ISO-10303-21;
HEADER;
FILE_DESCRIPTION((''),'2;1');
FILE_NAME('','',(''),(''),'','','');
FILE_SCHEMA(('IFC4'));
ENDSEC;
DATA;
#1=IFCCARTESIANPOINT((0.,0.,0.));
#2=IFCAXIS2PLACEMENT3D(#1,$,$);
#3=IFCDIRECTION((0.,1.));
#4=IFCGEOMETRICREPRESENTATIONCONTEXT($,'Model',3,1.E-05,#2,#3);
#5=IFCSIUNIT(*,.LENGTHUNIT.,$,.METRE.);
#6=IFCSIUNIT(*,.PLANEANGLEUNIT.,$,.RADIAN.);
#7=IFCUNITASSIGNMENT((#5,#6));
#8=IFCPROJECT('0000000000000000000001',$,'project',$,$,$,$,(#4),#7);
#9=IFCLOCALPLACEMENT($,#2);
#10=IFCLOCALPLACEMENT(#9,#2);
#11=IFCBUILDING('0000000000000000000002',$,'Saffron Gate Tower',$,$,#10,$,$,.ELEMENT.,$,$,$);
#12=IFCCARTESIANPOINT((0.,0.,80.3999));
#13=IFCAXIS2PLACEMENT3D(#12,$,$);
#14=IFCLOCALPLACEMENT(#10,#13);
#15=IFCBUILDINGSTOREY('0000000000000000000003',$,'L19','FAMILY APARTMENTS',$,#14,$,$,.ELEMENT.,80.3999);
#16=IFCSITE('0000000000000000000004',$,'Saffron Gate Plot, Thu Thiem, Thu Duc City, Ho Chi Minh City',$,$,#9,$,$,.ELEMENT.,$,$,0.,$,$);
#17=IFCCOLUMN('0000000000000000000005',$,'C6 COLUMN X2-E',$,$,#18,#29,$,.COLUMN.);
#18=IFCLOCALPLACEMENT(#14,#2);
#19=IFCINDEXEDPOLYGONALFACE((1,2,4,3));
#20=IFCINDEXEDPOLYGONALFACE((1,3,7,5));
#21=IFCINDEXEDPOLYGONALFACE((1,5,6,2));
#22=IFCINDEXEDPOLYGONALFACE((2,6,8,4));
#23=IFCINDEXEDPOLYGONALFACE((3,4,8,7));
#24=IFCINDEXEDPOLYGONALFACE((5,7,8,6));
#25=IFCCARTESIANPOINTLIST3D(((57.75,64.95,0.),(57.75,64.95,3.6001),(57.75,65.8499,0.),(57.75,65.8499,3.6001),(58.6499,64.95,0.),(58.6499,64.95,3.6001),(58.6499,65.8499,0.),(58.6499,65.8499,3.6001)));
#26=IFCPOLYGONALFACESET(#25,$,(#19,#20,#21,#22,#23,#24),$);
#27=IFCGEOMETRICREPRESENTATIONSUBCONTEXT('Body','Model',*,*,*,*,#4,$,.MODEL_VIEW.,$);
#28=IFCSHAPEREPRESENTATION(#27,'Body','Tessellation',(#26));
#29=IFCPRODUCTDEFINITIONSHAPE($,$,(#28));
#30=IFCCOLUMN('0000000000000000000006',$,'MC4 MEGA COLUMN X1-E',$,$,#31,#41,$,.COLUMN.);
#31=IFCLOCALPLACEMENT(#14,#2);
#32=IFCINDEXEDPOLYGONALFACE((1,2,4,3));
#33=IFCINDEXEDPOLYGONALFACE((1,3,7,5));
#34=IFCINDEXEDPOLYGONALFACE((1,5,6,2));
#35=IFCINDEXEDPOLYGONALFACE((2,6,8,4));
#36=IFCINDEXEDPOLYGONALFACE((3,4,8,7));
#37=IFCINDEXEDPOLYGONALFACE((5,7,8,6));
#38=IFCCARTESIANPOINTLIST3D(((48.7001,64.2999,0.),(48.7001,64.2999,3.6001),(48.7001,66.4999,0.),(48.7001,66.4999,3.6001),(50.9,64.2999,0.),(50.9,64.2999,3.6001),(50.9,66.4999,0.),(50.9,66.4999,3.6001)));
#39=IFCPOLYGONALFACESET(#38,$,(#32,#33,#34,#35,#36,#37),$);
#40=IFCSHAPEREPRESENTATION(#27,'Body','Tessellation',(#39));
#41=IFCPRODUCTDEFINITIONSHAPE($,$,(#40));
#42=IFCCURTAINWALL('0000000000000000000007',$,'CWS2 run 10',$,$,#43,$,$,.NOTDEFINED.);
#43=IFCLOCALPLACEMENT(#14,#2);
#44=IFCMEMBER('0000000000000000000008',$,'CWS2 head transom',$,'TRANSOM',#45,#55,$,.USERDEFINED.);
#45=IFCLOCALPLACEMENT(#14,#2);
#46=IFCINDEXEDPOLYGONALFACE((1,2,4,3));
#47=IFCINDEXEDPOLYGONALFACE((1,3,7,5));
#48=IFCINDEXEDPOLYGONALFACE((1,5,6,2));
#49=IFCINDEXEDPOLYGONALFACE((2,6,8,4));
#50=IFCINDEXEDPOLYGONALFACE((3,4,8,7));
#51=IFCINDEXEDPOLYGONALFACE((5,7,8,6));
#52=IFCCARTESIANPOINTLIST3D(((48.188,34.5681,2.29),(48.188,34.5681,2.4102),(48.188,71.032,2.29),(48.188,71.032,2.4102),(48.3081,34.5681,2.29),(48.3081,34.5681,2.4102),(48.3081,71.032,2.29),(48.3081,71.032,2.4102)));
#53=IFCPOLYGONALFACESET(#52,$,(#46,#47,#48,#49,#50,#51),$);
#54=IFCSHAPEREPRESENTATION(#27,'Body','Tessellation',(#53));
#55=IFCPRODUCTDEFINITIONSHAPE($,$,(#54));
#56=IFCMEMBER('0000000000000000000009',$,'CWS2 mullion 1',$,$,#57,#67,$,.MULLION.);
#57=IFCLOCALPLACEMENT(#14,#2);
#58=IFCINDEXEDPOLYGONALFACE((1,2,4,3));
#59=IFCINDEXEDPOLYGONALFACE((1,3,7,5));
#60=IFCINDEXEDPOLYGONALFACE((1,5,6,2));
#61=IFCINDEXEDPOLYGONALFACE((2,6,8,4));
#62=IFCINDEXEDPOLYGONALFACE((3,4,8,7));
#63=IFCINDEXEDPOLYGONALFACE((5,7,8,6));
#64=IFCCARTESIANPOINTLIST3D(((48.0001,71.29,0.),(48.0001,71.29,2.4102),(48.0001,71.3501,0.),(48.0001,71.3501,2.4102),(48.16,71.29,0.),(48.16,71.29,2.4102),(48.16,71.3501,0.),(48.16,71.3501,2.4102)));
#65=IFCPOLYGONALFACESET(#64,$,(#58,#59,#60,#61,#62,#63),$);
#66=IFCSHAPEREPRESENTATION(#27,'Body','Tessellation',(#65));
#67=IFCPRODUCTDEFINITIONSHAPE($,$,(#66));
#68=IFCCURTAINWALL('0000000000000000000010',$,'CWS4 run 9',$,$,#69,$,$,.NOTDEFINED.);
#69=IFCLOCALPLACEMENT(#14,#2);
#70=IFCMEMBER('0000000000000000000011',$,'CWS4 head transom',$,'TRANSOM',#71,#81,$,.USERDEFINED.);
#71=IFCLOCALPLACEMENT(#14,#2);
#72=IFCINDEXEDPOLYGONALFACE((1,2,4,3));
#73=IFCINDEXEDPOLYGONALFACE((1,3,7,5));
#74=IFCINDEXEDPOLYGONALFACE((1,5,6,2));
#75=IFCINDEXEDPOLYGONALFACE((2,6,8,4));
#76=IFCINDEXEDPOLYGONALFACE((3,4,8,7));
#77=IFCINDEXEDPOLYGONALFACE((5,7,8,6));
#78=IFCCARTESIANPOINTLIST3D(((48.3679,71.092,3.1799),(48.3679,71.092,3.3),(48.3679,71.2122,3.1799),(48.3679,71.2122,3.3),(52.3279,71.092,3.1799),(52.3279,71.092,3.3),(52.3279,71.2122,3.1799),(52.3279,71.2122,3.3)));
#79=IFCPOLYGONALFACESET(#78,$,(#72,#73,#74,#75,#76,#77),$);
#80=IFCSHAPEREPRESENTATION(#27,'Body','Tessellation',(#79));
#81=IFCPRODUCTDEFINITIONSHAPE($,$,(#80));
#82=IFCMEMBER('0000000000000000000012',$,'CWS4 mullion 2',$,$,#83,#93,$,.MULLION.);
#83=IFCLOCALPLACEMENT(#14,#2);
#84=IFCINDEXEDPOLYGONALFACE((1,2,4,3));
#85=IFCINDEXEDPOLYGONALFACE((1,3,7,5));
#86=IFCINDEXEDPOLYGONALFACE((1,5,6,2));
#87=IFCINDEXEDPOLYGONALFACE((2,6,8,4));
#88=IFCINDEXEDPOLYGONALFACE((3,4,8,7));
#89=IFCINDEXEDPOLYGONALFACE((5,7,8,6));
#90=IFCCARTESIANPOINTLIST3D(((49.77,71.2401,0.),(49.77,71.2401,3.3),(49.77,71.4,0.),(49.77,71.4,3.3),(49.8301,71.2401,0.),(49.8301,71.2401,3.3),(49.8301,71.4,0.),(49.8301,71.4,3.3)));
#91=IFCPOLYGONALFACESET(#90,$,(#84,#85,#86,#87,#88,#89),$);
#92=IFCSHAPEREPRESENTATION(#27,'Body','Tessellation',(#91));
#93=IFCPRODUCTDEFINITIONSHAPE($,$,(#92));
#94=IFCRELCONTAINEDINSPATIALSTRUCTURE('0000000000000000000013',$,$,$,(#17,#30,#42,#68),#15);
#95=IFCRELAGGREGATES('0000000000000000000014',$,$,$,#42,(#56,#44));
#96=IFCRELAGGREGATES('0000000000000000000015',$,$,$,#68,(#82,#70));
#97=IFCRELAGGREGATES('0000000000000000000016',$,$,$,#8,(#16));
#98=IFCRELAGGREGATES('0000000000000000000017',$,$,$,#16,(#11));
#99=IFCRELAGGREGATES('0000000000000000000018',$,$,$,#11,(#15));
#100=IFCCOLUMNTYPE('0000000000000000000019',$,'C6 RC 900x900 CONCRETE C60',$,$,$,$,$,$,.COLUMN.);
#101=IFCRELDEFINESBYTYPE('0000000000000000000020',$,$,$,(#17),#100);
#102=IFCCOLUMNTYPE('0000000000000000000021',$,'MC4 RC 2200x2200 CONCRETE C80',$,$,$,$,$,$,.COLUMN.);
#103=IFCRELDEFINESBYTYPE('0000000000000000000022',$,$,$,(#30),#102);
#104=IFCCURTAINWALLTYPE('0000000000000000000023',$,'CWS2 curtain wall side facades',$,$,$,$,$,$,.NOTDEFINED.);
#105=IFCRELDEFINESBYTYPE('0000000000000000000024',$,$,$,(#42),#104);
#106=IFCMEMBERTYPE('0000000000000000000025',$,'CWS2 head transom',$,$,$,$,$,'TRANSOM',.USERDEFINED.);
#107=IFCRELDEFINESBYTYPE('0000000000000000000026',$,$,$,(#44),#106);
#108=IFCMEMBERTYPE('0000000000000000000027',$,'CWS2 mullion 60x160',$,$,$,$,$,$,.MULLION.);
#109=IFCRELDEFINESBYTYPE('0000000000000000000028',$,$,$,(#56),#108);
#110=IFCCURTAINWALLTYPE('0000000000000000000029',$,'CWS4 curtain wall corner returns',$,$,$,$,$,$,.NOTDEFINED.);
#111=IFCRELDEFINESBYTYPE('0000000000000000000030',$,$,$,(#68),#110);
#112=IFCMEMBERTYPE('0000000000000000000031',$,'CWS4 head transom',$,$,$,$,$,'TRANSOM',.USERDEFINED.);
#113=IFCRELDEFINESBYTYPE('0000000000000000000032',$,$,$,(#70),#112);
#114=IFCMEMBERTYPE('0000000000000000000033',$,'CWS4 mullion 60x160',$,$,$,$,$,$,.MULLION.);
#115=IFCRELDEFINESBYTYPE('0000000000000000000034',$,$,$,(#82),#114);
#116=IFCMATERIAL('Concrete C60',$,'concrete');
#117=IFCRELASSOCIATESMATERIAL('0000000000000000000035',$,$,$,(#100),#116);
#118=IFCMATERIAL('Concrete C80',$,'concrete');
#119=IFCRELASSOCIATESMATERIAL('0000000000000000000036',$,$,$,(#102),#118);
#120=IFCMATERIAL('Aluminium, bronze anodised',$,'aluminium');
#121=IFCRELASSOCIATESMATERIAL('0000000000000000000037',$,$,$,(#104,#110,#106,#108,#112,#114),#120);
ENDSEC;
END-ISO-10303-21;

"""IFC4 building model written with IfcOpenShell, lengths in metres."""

from ifc_helpers import new_model, si_unit, direction, frame, origin, origin_2d, place, context, subcontext, project, spatial, rectangle, extrude, material, material_profile, profile_set, type_object, element, aggregate, save


model = new_model("IFC4")

# Units and contexts
model_context = context("Model", 3, precision=1e-05, world=origin(), true_north=direction((0.0, 1.0)))
body_context = subcontext(model_context, "Body", "Model", "MODEL_VIEW")
ifc_project = project(units=[si_unit("LENGTHUNIT", "METRE"), si_unit("PLANEANGLEUNIT", "RADIAN")], contexts=[model_context])

# Site, building, storey
site_placement = place(None, origin())
site = spatial("IfcSite", under=ifc_project, at=site_placement, Name="Saffron Gate Plot, Thu Thiem, Thu Duc City, Ho Chi Minh City", CompositionType="ELEMENT", RefElevation=0.0)
building_placement = place(site_placement, origin())
building = spatial("IfcBuilding", under=site, at=building_placement, Name="Saffron Gate Tower", CompositionType="ELEMENT")
storey_placement = place(building_placement, frame((0.0, 0.0, 80.3999)))
storey = spatial("IfcBuildingStorey", under=building, at=storey_placement, Name="L19", Description="FAMILY APARTMENTS", CompositionType="ELEMENT", Elevation=80.3999)

# Columns
ifc_material_1 = material(Name="Concrete C60", Category="concrete")
ifc_material_profile_1 = material_profile(ifc_material_1, rectangle(XDim=0.8999, YDim=0.8999, at=origin_2d()))
ifc_profile_set_1 = profile_set([ifc_material_profile_1], Name="Concrete C60")
column_type_1 = type_object("IfcColumnType", Name="C6 RC 900x900 CONCRETE C60", PredefinedType="COLUMN", material=ifc_profile_set_1)
column_1_placement = place(storey_placement, frame((58.2, 65.3999, 0.0), z_axis=(0.0, 0.0, 1.0), x_axis=(1.0, 0.0, 0.0)))
element("IfcColumn", 1, at=column_1_placement, inside=storey, type_object=column_type_1, Name="C6 COLUMN X2-E", PredefinedType="COLUMN", context=body_context, shape_type="SweptSolid", body=[
    extrude(rectangle(XDim=0.8999, YDim=0.8999, at=origin_2d()), origin(), (0.0, 0.0, 1.0), 3.6001),
])
ifc_material_2 = material(Name="Concrete C80", Category="concrete")
ifc_material_profile_2 = material_profile(ifc_material_2, rectangle(XDim=2.2, YDim=2.2, at=origin_2d()))
ifc_profile_set_2 = profile_set([ifc_material_profile_2], Name="Concrete C80")
column_type_2 = type_object("IfcColumnType", Name="MC4 RC 2200x2200 CONCRETE C80", PredefinedType="COLUMN", material=ifc_profile_set_2)
column_2_placement = place(storey_placement, frame((49.8, 65.3999, 0.0), z_axis=(0.0, 0.0, 1.0), x_axis=(1.0, 0.0, 0.0)))
element("IfcColumn", 2, at=column_2_placement, inside=storey, type_object=column_type_2, Name="MC4 MEGA COLUMN X1-E", PredefinedType="COLUMN", context=body_context, shape_type="SweptSolid", body=[
    extrude(rectangle(XDim=2.2, YDim=2.2, at=origin_2d()), origin(), (0.0, 0.0, 1.0), 3.6001),
])

# Curtain walls, members
ifc_material_3 = material(Name="Aluminium, bronze anodised", Category="aluminium")
curtain_wall_type_1 = type_object("IfcCurtainWallType", Name="CWS2 curtain wall side facades", PredefinedType="NOTDEFINED", material=ifc_material_3)
curtain_wall_1_placement = place(storey_placement, origin())
curtain_wall_1 = element("IfcCurtainWall", 3, at=curtain_wall_1_placement, inside=storey, type_object=curtain_wall_type_1, Name="CWS2 run 10", PredefinedType="NOTDEFINED")
ifc_material_profile_3 = material_profile(ifc_material_3, rectangle(XDim=0.1201, YDim=0.1201, at=origin_2d()))
ifc_profile_set_3 = profile_set([ifc_material_profile_3], Name="Aluminium, bronze anodised")
member_type_1 = type_object("IfcMemberType", Name="CWS2 head transom", ElementType="TRANSOM", PredefinedType="USERDEFINED", material=ifc_profile_set_3)
member_1_placement = place(storey_placement, frame((48.248, 71.032, 2.3501), z_axis=(0.0, -1.0, 0.0), x_axis=(1.0, 0.0, 0.0)))
member_1 = element("IfcMember", 4, at=member_1_placement, type_object=member_type_1, Name="CWS2 head transom", ObjectType="TRANSOM", PredefinedType="USERDEFINED", context=body_context, shape_type="SweptSolid", body=[
    extrude(rectangle(XDim=0.1201, YDim=0.1201, at=origin_2d()), origin(), (0.0, 0.0, 1.0), 36.4639),
])
ifc_material_profile_4 = material_profile(ifc_material_3, rectangle(XDim=0.1599, YDim=0.0601, at=origin_2d()))
ifc_profile_set_4 = profile_set([ifc_material_profile_4], Name="Aluminium, bronze anodised")
member_type_2 = type_object("IfcMemberType", Name="CWS2 mullion 60x160", PredefinedType="MULLION", material=ifc_profile_set_4)
member_2_placement = place(storey_placement, frame((48.0801, 71.3201, 0.0), z_axis=(0.0, 0.0, 1.0), x_axis=(1.0, 0.0, 0.0)))
member_2 = element("IfcMember", 5, at=member_2_placement, type_object=member_type_2, Name="CWS2 mullion 1", PredefinedType="MULLION", context=body_context, shape_type="SweptSolid", body=[
    extrude(rectangle(XDim=0.1599, YDim=0.0601, at=origin_2d()), origin(), (0.0, 0.0, 1.0), 2.4102),
])
curtain_wall_type_2 = type_object("IfcCurtainWallType", Name="CWS4 curtain wall corner returns", PredefinedType="NOTDEFINED", material=ifc_material_3)
curtain_wall_2_placement = place(storey_placement, origin())
curtain_wall_2 = element("IfcCurtainWall", 6, at=curtain_wall_2_placement, inside=storey, type_object=curtain_wall_type_2, Name="CWS4 run 9", PredefinedType="NOTDEFINED")
ifc_material_profile_5 = material_profile(ifc_material_3, rectangle(XDim=0.1201, YDim=0.1201, at=origin_2d()))
ifc_profile_set_5 = profile_set([ifc_material_profile_5], Name="Aluminium, bronze anodised")
member_type_3 = type_object("IfcMemberType", Name="CWS4 head transom", ElementType="TRANSOM", PredefinedType="USERDEFINED", material=ifc_profile_set_5)
member_3_placement = place(storey_placement, frame((52.3279, 71.1521, 3.24), z_axis=(-1.0, 0.0, 0.0), x_axis=(0.0, -1.0, 0.0)))
member_3 = element("IfcMember", 7, at=member_3_placement, type_object=member_type_3, Name="CWS4 head transom", ObjectType="TRANSOM", PredefinedType="USERDEFINED", context=body_context, shape_type="SweptSolid", body=[
    extrude(rectangle(XDim=0.1201, YDim=0.1201, at=origin_2d()), origin(), (0.0, 0.0, 1.0), 3.96),
])
ifc_material_profile_6 = material_profile(ifc_material_3, rectangle(XDim=0.1599, YDim=0.0601, at=origin_2d()))
ifc_profile_set_6 = profile_set([ifc_material_profile_6], Name="Aluminium, bronze anodised")
member_type_4 = type_object("IfcMemberType", Name="CWS4 mullion 60x160", PredefinedType="MULLION", material=ifc_profile_set_6)
member_4_placement = place(storey_placement, frame((49.8, 71.3201, 0.0), z_axis=(0.0, 0.0, 1.0), x_axis=(0.0, -1.0, 0.0)))
member_4 = element("IfcMember", 8, at=member_4_placement, type_object=member_type_4, Name="CWS4 mullion 2", PredefinedType="MULLION", context=body_context, shape_type="SweptSolid", body=[
    extrude(rectangle(XDim=0.1599, YDim=0.0601, at=origin_2d()), origin(), (0.0, 0.0, 1.0), 3.3),
])

aggregate(curtain_wall_1, [member_2, member_1])

aggregate(curtain_wall_2, [member_4, member_3])

save(model, "model.ifc")
